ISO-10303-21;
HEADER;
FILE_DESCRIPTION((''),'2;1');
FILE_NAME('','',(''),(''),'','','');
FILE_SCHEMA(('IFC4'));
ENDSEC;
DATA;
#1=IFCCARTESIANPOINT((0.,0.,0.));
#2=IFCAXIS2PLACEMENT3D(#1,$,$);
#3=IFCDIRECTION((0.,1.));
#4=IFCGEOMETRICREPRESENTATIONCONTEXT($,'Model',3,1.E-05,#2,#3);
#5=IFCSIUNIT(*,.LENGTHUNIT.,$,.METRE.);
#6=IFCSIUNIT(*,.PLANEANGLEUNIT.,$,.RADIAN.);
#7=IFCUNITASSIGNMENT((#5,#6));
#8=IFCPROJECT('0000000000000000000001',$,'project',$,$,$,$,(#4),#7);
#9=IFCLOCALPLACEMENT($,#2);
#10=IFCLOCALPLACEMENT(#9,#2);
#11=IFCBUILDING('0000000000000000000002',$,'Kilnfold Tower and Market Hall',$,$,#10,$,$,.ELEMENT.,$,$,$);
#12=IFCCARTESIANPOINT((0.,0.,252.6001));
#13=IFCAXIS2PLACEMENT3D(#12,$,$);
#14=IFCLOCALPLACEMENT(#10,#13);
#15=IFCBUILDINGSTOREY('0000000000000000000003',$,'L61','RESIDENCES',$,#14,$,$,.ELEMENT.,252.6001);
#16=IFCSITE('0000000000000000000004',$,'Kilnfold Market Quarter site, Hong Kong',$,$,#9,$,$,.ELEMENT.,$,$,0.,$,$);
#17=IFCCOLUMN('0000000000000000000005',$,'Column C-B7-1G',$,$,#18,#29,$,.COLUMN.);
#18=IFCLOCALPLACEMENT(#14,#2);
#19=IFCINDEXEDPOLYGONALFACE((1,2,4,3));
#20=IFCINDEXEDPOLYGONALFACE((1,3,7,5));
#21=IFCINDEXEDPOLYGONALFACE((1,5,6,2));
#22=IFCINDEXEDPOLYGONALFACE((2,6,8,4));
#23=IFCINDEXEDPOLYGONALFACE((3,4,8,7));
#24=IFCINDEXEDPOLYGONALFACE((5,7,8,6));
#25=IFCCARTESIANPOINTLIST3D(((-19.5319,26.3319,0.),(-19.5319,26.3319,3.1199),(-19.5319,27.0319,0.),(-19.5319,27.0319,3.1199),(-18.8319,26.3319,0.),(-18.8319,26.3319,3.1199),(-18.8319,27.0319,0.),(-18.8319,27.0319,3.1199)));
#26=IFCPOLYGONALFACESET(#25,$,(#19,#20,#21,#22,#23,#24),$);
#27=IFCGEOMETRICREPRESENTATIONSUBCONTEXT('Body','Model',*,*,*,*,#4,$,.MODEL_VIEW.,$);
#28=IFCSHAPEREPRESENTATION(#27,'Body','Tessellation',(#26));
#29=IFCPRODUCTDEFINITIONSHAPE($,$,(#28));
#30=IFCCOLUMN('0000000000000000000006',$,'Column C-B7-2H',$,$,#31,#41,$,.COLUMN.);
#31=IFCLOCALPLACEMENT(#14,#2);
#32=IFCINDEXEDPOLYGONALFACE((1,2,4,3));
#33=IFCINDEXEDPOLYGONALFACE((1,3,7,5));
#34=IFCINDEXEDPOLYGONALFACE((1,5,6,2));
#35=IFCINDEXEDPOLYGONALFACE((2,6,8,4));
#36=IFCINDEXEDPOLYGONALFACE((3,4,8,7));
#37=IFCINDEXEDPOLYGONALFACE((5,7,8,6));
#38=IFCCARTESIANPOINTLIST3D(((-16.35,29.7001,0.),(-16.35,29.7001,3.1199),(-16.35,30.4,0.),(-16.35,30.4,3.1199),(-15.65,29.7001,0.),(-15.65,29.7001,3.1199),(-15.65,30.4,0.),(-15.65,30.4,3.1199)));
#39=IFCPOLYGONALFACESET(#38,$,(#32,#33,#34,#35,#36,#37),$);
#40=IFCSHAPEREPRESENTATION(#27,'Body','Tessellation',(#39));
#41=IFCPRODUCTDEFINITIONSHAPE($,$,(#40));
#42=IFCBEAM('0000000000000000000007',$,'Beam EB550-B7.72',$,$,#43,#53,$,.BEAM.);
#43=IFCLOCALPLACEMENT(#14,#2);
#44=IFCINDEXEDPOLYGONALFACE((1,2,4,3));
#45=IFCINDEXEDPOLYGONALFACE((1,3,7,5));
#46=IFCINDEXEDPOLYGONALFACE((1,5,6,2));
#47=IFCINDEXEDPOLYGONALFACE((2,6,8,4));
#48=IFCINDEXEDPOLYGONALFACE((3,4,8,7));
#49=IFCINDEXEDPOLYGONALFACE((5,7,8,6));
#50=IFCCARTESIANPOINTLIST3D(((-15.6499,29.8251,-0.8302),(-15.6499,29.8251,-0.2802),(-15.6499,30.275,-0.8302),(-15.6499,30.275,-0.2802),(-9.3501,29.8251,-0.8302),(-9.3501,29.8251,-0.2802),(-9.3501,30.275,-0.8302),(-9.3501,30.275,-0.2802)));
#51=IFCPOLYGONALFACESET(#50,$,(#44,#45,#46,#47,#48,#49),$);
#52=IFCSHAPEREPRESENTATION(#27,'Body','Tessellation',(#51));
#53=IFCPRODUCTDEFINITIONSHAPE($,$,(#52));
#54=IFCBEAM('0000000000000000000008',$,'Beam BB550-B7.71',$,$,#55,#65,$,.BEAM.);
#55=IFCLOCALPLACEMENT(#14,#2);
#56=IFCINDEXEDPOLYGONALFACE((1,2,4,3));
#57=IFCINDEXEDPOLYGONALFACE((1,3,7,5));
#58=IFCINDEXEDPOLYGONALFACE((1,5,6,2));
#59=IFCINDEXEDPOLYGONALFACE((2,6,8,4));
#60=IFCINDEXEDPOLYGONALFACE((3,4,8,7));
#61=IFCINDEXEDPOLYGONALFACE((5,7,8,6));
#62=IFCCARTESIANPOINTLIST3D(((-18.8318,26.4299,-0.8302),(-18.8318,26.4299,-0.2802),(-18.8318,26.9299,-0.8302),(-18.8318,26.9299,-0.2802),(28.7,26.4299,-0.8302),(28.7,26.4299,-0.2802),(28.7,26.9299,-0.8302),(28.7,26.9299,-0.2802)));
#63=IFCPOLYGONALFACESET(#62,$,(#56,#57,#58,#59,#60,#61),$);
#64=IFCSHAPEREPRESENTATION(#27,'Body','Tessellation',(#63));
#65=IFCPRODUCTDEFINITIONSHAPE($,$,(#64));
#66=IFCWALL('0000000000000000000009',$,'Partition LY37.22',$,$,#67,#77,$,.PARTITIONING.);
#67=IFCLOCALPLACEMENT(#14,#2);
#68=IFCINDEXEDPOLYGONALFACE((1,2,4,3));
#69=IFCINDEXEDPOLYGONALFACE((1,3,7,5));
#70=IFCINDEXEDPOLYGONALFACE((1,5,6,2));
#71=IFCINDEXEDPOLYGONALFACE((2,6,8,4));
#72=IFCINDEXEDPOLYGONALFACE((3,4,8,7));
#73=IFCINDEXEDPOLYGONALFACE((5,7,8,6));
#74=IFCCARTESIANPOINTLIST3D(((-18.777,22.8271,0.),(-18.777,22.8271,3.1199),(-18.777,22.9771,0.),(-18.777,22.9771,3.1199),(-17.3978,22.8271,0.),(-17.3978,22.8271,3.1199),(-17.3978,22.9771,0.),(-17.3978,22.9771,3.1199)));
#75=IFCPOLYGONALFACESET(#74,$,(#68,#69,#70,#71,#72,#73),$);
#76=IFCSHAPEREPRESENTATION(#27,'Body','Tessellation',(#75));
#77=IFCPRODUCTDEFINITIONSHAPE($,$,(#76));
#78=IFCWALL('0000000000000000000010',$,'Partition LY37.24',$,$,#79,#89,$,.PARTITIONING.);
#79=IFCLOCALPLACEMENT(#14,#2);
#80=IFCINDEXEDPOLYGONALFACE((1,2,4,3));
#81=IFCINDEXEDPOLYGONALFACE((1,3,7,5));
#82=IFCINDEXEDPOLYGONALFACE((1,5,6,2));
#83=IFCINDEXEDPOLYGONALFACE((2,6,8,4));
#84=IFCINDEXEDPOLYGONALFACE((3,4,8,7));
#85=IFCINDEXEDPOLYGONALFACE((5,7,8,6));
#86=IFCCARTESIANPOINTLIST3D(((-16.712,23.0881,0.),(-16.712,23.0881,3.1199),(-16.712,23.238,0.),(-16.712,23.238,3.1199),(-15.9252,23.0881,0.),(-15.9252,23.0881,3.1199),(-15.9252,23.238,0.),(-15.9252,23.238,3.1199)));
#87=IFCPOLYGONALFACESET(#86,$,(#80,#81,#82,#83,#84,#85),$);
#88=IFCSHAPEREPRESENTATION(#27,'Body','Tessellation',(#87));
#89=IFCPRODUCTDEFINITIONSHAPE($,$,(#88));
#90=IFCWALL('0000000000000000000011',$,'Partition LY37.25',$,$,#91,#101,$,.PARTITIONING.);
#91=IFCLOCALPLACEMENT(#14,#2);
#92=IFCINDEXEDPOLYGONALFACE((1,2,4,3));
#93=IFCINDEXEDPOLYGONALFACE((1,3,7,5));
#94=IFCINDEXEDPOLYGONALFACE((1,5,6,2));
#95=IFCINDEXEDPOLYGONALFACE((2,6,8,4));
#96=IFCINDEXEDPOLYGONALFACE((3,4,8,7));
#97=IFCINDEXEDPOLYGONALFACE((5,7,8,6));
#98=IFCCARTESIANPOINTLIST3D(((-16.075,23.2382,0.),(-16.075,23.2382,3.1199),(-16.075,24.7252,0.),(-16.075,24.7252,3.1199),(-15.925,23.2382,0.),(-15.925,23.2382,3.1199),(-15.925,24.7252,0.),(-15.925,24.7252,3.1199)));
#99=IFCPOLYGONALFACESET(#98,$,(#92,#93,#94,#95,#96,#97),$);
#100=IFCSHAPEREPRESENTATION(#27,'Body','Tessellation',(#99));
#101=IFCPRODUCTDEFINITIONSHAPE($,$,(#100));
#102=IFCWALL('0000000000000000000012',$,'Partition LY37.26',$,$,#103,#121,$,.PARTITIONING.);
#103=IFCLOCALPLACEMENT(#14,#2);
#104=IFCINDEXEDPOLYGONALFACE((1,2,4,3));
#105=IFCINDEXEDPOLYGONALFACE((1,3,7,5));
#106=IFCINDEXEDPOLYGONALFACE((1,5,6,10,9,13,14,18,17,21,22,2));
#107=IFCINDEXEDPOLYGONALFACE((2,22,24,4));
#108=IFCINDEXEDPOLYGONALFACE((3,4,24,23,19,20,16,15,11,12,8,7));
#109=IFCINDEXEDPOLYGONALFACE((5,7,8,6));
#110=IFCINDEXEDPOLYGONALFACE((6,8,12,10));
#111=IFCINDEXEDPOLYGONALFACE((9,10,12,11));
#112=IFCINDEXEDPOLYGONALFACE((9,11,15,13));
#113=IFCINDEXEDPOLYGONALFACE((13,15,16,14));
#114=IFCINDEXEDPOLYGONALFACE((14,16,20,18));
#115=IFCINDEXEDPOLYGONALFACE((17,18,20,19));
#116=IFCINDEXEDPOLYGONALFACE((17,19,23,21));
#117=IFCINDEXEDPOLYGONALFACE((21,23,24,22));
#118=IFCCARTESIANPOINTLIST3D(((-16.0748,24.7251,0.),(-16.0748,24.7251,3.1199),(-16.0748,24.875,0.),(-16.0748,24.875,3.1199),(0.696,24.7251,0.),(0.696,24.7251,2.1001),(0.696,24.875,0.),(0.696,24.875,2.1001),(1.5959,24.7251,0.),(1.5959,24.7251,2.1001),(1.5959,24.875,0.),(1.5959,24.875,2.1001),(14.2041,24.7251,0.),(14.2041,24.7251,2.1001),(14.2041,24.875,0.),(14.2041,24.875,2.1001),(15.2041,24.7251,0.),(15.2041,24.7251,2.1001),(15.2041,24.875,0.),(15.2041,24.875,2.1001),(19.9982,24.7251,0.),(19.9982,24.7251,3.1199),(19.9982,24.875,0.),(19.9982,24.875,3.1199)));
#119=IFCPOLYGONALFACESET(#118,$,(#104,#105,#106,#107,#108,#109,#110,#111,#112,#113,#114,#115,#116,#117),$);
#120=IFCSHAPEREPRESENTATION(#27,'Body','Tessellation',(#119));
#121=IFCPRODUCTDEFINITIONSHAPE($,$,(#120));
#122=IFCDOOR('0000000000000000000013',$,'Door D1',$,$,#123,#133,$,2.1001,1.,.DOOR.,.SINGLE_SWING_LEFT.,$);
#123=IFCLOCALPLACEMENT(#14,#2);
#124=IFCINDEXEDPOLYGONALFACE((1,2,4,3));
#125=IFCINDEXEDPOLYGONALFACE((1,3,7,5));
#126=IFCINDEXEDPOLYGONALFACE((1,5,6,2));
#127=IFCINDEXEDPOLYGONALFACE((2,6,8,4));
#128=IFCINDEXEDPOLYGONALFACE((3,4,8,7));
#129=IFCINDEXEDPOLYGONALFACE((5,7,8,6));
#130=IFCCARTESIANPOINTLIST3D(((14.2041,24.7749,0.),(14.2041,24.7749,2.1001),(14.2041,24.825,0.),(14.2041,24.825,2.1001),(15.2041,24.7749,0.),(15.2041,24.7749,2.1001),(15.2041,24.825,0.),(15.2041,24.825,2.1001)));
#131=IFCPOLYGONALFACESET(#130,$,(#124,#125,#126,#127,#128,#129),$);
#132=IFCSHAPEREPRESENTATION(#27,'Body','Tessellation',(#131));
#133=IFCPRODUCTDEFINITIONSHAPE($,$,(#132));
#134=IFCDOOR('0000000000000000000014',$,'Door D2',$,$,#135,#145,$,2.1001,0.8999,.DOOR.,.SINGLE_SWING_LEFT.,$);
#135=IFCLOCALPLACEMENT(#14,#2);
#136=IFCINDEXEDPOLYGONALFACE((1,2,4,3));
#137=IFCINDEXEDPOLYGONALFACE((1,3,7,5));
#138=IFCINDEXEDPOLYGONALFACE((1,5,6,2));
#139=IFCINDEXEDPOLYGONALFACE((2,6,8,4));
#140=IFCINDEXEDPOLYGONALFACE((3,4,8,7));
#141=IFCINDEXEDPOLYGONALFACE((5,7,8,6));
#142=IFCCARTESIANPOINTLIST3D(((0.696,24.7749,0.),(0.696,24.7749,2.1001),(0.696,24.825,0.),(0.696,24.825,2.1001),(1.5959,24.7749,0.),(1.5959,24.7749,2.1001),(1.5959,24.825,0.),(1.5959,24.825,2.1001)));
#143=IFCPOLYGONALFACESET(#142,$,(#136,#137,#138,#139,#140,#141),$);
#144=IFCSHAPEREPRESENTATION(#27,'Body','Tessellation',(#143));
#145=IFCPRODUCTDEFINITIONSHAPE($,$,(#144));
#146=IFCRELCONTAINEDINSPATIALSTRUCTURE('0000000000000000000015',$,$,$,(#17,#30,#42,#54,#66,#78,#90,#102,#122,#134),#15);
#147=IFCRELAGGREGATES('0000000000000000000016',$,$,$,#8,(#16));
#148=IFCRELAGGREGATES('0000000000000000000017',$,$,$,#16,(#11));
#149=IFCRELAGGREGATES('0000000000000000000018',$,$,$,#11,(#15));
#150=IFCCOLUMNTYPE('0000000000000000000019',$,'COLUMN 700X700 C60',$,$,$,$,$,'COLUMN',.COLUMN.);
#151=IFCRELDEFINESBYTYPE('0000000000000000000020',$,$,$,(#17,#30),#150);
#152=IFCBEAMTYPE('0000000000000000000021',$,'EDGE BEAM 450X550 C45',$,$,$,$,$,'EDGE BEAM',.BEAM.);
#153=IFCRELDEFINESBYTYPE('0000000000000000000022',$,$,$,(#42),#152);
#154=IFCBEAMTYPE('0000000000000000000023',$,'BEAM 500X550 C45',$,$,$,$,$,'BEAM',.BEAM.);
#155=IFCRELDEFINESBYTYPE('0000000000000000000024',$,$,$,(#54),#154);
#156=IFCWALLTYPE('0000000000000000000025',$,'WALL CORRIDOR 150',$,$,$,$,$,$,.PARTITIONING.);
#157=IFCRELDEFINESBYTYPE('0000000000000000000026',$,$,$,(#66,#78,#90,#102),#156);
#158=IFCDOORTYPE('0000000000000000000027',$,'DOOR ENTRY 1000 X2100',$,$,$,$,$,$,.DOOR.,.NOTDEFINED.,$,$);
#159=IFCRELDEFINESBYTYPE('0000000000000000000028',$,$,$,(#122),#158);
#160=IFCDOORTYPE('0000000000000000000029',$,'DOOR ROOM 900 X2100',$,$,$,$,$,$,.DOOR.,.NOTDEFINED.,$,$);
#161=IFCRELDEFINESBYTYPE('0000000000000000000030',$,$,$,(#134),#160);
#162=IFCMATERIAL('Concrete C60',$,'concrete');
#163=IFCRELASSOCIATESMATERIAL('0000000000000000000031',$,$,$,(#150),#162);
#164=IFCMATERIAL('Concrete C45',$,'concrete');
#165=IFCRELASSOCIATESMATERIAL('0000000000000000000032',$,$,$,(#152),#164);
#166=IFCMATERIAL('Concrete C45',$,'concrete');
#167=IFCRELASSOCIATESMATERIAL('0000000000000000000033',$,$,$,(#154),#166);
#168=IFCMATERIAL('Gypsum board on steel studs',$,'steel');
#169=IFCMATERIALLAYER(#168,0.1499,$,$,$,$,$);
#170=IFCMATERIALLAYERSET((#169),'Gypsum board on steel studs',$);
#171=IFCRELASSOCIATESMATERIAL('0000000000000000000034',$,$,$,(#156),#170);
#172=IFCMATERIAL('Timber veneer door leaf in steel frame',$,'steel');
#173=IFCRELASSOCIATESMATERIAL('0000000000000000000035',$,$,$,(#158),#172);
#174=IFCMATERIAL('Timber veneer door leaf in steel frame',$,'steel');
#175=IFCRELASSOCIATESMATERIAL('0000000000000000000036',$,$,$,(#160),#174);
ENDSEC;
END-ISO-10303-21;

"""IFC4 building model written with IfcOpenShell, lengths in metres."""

from ifc_helpers import new_model, si_unit, direction, frame, frame_2d, origin, origin_2d, place, context, subcontext, project, spatial, rectangle, extrude, source, transform, mapped, material, layer, layer_set, material_profile, profile_set, type_object, element, fill, save


model = new_model("IFC4")

# Units and contexts
model_context = context("Model", 3, precision=1e-05, world=origin(), true_north=direction((0.0, 1.0)))
body_context = subcontext(model_context, "Body", "Model", "MODEL_VIEW")
ifc_project = project(units=[si_unit("LENGTHUNIT", "METRE"), si_unit("PLANEANGLEUNIT", "RADIAN")], contexts=[model_context])

# Site, building, storey
site_placement = place(None, origin())
site = spatial("IfcSite", under=ifc_project, at=site_placement, Name="Kilnfold Market Quarter site, Hong Kong", CompositionType="ELEMENT", RefElevation=0.0)
building_placement = place(site_placement, origin())
building = spatial("IfcBuilding", under=site, at=building_placement, Name="Kilnfold Tower and Market Hall", CompositionType="ELEMENT")
storey_placement = place(building_placement, frame((0.0, 0.0, 252.6001)))
storey = spatial("IfcBuildingStorey", under=building, at=storey_placement, Name="L61", Description="RESIDENCES", CompositionType="ELEMENT", Elevation=252.6001)

# Columns
ifc_material_1 = material(Name="Concrete C60", Category="concrete")
ifc_material_profile_1 = material_profile(ifc_material_1, rectangle(XDim=0.7, YDim=0.7, at=origin_2d()), Name="RC 700x700")
ifc_profile_set_1 = profile_set([ifc_material_profile_1], Name="Concrete C60")
column_type = type_object("IfcColumnType", Name="COLUMN 700X700 C60", ElementType="COLUMN", PredefinedType="COLUMN", material=ifc_profile_set_1)
shared_shape_1 = source(origin(), body_context, "Body", "SweptSolid", [
    extrude(rectangle(XDim=0.7, YDim=0.7, at=origin_2d()), origin(), (0.0, 0.0, 1.0), 3.1199),
])
for number, where, z_axis, x_axis, name in (
    (1, (-19.1819, 26.6819, 0.0), (0.0, 0.0, 1.0), (1.0, 0.0, 0.0), "Column C-B7-1G"),
    (2, (-16.0, 30.05, 0.0), (0.0, 0.0, 1.0), (1.0, 0.0, 0.0), "Column C-B7-2H"),
):
    element("IfcColumn", number, at=place(storey_placement, frame(where, z_axis=z_axis, x_axis=x_axis)), inside=storey, type_object=column_type, Name=name, PredefinedType="COLUMN", context=body_context, shape_type="MappedRepresentation", body=[
        mapped(shared_shape_1, transform((0.0, 0.0, 0.0))),
    ])

# Beams
ifc_material_2 = material(Name="Concrete C45", Category="concrete")
ifc_material_profile_2 = material_profile(ifc_material_2, rectangle(XDim=0.45, YDim=0.55, at=origin_2d()), Name="RC 450x550")
ifc_profile_set_2 = profile_set([ifc_material_profile_2], Name="Concrete C45")
beam_type_1 = type_object("IfcBeamType", Name="EDGE BEAM 450X550 C45", ElementType="EDGE BEAM", PredefinedType="BEAM", material=ifc_profile_set_2)
shared_shape_2 = source(origin(), body_context, "Body", "SweptSolid", [
    extrude(rectangle(XDim=0.45, YDim=0.55, at=origin_2d()), origin(), (0.0, 0.0, 1.0), 6.2998),
])
beam_1_placement = place(storey_placement, frame((-15.6499, 30.05, -0.5552), z_axis=(1.0, 0.0, 0.0), x_axis=(0.0, 1.0, 0.0)))
element("IfcBeam", 3, at=beam_1_placement, inside=storey, type_object=beam_type_1, Name="Beam EB550-B7.72", PredefinedType="BEAM", context=body_context, shape_type="MappedRepresentation", body=[
    mapped(shared_shape_2, transform((0.0, 0.0, 0.0))),
])
ifc_material_3 = material(Name="Concrete C45", Category="concrete")
ifc_material_profile_3 = material_profile(ifc_material_3, rectangle(XDim=0.5, YDim=0.55, at=origin_2d()), Name="RC 500x550")
ifc_profile_set_3 = profile_set([ifc_material_profile_3], Name="Concrete C45")
beam_type_2 = type_object("IfcBeamType", Name="BEAM 500X550 C45", ElementType="BEAM", PredefinedType="BEAM", material=ifc_profile_set_3)
shared_shape_3 = source(origin(), body_context, "Body", "SweptSolid", [
    extrude(rectangle(XDim=0.5, YDim=0.55, at=origin_2d()), origin(), (0.0, 0.0, 1.0), 47.5317),
])
beam_2_placement = place(storey_placement, frame((-18.8318, 26.6799, -0.5552), z_axis=(1.0, 0.0, 0.0), x_axis=(0.0, 1.0, 0.0)))
element("IfcBeam", 4, at=beam_2_placement, inside=storey, type_object=beam_type_2, Name="Beam BB550-B7.71", PredefinedType="BEAM", context=body_context, shape_type="MappedRepresentation", body=[
    mapped(shared_shape_3, transform((0.0, 0.0, 0.0))),
])

# Walls
ifc_material_4 = material(Name="Gypsum board on steel studs", Category="steel")
ifc_layer_1 = layer(ifc_material_4, 0.1499)
ifc_layer_set_1 = layer_set([ifc_layer_1], Name="Gypsum board on steel studs")
wall_type_1 = type_object("IfcWallType", Name="WALL CORRIDOR 150", PredefinedType="PARTITIONING", material=ifc_layer_set_1)
wall_1_placement = place(storey_placement, frame((-17.3979, 22.9021, 0.0), z_axis=(0.0, 0.0, 1.0), x_axis=(-1.0, 0.0, 0.0)))
element("IfcWall", 5, at=wall_1_placement, inside=storey, type_object=wall_type_1, Name="Partition LY37.22", PredefinedType="PARTITIONING", context=body_context, shape_type="SweptSolid", body=[
    extrude(rectangle(XDim=1.3792, YDim=0.1499, at=frame_2d((0.6895, 0.0))), origin(), (0.0, 0.0, 1.0), 3.1199),
])
wall_2_placement = place(storey_placement, frame((-15.925, 23.1631, 0.0), z_axis=(0.0, 0.0, 1.0), x_axis=(-1.0, 0.0, 0.0)))
element("IfcWall", 6, at=wall_2_placement, inside=storey, type_object=wall_type_1, Name="Partition LY37.24", PredefinedType="PARTITIONING", context=body_context, shape_type="SweptSolid", body=[
    extrude(rectangle(XDim=0.7869, YDim=0.1499, at=frame_2d((0.3936, 0.0))), origin(), (0.0, 0.0, 1.0), 3.1199),
])
wall_3_placement = place(storey_placement, frame((-16.0, 23.238, 0.0), z_axis=(0.0, 0.0, 1.0), x_axis=(0.0, 1.0, 0.0)))
element("IfcWall", 7, at=wall_3_placement, inside=storey, type_object=wall_type_1, Name="Partition LY37.25", PredefinedType="PARTITIONING", context=body_context, shape_type="SweptSolid", body=[
    extrude(rectangle(XDim=1.4871, YDim=0.1499, at=frame_2d((0.7437, 0.0))), origin(), (0.0, 0.0, 1.0), 3.1199),
])

# Wall, openings, doors
wall_4_placement = place(storey_placement, frame((-16.075, 24.8, 0.0), z_axis=(0.0, 0.0, 1.0), x_axis=(1.0, 0.0, 0.0)))
wall_4 = element("IfcWall", 8, at=wall_4_placement, inside=storey, type_object=wall_type_1, Name="Partition LY37.26", PredefinedType="PARTITIONING", context=body_context, shape_type="SweptSolid", body=[
    extrude(rectangle(XDim=36.073, YDim=0.1499, at=frame_2d((18.0366, 0.0))), origin(), (0.0, 0.0, 1.0), 3.1199),
])
opening_1_placement = place(wall_4_placement, frame((16.771, 0.0, 0.0)))
opening_1 = element("IfcOpeningElement", 9, at=opening_1_placement, cuts=wall_4, PredefinedType="OPENING", context=body_context, shape_type="SweptSolid", body=[
    extrude(rectangle(XDim=0.8999, YDim=2.1001, at=frame_2d((0.45, 1.05))), frame((0.0, 0.085, 0.0), z_axis=(0.0, -1.0, 0.0), x_axis=(1.0, 0.0, 0.0)), (0.0, 0.0, 1.0), 0.1699),
])
opening_2_placement = place(wall_4_placement, frame((30.2791, 0.0, 0.0)))
opening_2 = element("IfcOpeningElement", 10, at=opening_2_placement, cuts=wall_4, PredefinedType="OPENING", context=body_context, shape_type="SweptSolid", body=[
    extrude(rectangle(XDim=1.0, YDim=2.1001, at=frame_2d((0.5, 1.05))), frame((0.0, 0.085, 0.0), z_axis=(0.0, -1.0, 0.0), x_axis=(1.0, 0.0, 0.0)), (0.0, 0.0, 1.0), 0.1699),
])
ifc_material_5 = material(Name="Timber veneer door leaf in steel frame", Category="steel")
door_type_1 = type_object("IfcDoorType", Name="DOOR ENTRY 1000 X2100", OperationType="NOTDEFINED", PredefinedType="DOOR", material=ifc_material_5)
door_1_placement = place(opening_2_placement, origin())
door_1 = element("IfcDoor", 11, at=door_1_placement, inside=storey, type_object=door_type_1, Name="Door D1", OperationType="SINGLE_SWING_LEFT", OverallHeight=2.1001, OverallWidth=1.0, PredefinedType="DOOR", context=body_context, shape_type="SweptSolid", body=[
    extrude(rectangle(XDim=1.0, YDim=2.1001, at=frame_2d((0.5, 1.05))), frame((0.0, 0.0249, 0.0), z_axis=(0.0, -1.0, 0.0), x_axis=(1.0, 0.0, 0.0)), (0.0, 0.0, 1.0), 0.05),
])
fill(opening_2, door_1)
ifc_material_6 = material(Name="Timber veneer door leaf in steel frame", Category="steel")
door_type_2 = type_object("IfcDoorType", Name="DOOR ROOM 900 X2100", OperationType="NOTDEFINED", PredefinedType="DOOR", material=ifc_material_6)
door_2_placement = place(opening_1_placement, origin())
door_2 = element("IfcDoor", 12, at=door_2_placement, inside=storey, type_object=door_type_2, Name="Door D2", OperationType="SINGLE_SWING_LEFT", OverallHeight=2.1001, OverallWidth=0.8999, PredefinedType="DOOR", context=body_context, shape_type="SweptSolid", body=[
    extrude(rectangle(XDim=0.8999, YDim=2.1001, at=frame_2d((0.45, 1.05))), frame((0.0, 0.0249, 0.0), z_axis=(0.0, -1.0, 0.0), x_axis=(1.0, 0.0, 0.0)), (0.0, 0.0, 1.0), 0.05),
])
fill(opening_1, door_2)

save(model, "model.ifc")
